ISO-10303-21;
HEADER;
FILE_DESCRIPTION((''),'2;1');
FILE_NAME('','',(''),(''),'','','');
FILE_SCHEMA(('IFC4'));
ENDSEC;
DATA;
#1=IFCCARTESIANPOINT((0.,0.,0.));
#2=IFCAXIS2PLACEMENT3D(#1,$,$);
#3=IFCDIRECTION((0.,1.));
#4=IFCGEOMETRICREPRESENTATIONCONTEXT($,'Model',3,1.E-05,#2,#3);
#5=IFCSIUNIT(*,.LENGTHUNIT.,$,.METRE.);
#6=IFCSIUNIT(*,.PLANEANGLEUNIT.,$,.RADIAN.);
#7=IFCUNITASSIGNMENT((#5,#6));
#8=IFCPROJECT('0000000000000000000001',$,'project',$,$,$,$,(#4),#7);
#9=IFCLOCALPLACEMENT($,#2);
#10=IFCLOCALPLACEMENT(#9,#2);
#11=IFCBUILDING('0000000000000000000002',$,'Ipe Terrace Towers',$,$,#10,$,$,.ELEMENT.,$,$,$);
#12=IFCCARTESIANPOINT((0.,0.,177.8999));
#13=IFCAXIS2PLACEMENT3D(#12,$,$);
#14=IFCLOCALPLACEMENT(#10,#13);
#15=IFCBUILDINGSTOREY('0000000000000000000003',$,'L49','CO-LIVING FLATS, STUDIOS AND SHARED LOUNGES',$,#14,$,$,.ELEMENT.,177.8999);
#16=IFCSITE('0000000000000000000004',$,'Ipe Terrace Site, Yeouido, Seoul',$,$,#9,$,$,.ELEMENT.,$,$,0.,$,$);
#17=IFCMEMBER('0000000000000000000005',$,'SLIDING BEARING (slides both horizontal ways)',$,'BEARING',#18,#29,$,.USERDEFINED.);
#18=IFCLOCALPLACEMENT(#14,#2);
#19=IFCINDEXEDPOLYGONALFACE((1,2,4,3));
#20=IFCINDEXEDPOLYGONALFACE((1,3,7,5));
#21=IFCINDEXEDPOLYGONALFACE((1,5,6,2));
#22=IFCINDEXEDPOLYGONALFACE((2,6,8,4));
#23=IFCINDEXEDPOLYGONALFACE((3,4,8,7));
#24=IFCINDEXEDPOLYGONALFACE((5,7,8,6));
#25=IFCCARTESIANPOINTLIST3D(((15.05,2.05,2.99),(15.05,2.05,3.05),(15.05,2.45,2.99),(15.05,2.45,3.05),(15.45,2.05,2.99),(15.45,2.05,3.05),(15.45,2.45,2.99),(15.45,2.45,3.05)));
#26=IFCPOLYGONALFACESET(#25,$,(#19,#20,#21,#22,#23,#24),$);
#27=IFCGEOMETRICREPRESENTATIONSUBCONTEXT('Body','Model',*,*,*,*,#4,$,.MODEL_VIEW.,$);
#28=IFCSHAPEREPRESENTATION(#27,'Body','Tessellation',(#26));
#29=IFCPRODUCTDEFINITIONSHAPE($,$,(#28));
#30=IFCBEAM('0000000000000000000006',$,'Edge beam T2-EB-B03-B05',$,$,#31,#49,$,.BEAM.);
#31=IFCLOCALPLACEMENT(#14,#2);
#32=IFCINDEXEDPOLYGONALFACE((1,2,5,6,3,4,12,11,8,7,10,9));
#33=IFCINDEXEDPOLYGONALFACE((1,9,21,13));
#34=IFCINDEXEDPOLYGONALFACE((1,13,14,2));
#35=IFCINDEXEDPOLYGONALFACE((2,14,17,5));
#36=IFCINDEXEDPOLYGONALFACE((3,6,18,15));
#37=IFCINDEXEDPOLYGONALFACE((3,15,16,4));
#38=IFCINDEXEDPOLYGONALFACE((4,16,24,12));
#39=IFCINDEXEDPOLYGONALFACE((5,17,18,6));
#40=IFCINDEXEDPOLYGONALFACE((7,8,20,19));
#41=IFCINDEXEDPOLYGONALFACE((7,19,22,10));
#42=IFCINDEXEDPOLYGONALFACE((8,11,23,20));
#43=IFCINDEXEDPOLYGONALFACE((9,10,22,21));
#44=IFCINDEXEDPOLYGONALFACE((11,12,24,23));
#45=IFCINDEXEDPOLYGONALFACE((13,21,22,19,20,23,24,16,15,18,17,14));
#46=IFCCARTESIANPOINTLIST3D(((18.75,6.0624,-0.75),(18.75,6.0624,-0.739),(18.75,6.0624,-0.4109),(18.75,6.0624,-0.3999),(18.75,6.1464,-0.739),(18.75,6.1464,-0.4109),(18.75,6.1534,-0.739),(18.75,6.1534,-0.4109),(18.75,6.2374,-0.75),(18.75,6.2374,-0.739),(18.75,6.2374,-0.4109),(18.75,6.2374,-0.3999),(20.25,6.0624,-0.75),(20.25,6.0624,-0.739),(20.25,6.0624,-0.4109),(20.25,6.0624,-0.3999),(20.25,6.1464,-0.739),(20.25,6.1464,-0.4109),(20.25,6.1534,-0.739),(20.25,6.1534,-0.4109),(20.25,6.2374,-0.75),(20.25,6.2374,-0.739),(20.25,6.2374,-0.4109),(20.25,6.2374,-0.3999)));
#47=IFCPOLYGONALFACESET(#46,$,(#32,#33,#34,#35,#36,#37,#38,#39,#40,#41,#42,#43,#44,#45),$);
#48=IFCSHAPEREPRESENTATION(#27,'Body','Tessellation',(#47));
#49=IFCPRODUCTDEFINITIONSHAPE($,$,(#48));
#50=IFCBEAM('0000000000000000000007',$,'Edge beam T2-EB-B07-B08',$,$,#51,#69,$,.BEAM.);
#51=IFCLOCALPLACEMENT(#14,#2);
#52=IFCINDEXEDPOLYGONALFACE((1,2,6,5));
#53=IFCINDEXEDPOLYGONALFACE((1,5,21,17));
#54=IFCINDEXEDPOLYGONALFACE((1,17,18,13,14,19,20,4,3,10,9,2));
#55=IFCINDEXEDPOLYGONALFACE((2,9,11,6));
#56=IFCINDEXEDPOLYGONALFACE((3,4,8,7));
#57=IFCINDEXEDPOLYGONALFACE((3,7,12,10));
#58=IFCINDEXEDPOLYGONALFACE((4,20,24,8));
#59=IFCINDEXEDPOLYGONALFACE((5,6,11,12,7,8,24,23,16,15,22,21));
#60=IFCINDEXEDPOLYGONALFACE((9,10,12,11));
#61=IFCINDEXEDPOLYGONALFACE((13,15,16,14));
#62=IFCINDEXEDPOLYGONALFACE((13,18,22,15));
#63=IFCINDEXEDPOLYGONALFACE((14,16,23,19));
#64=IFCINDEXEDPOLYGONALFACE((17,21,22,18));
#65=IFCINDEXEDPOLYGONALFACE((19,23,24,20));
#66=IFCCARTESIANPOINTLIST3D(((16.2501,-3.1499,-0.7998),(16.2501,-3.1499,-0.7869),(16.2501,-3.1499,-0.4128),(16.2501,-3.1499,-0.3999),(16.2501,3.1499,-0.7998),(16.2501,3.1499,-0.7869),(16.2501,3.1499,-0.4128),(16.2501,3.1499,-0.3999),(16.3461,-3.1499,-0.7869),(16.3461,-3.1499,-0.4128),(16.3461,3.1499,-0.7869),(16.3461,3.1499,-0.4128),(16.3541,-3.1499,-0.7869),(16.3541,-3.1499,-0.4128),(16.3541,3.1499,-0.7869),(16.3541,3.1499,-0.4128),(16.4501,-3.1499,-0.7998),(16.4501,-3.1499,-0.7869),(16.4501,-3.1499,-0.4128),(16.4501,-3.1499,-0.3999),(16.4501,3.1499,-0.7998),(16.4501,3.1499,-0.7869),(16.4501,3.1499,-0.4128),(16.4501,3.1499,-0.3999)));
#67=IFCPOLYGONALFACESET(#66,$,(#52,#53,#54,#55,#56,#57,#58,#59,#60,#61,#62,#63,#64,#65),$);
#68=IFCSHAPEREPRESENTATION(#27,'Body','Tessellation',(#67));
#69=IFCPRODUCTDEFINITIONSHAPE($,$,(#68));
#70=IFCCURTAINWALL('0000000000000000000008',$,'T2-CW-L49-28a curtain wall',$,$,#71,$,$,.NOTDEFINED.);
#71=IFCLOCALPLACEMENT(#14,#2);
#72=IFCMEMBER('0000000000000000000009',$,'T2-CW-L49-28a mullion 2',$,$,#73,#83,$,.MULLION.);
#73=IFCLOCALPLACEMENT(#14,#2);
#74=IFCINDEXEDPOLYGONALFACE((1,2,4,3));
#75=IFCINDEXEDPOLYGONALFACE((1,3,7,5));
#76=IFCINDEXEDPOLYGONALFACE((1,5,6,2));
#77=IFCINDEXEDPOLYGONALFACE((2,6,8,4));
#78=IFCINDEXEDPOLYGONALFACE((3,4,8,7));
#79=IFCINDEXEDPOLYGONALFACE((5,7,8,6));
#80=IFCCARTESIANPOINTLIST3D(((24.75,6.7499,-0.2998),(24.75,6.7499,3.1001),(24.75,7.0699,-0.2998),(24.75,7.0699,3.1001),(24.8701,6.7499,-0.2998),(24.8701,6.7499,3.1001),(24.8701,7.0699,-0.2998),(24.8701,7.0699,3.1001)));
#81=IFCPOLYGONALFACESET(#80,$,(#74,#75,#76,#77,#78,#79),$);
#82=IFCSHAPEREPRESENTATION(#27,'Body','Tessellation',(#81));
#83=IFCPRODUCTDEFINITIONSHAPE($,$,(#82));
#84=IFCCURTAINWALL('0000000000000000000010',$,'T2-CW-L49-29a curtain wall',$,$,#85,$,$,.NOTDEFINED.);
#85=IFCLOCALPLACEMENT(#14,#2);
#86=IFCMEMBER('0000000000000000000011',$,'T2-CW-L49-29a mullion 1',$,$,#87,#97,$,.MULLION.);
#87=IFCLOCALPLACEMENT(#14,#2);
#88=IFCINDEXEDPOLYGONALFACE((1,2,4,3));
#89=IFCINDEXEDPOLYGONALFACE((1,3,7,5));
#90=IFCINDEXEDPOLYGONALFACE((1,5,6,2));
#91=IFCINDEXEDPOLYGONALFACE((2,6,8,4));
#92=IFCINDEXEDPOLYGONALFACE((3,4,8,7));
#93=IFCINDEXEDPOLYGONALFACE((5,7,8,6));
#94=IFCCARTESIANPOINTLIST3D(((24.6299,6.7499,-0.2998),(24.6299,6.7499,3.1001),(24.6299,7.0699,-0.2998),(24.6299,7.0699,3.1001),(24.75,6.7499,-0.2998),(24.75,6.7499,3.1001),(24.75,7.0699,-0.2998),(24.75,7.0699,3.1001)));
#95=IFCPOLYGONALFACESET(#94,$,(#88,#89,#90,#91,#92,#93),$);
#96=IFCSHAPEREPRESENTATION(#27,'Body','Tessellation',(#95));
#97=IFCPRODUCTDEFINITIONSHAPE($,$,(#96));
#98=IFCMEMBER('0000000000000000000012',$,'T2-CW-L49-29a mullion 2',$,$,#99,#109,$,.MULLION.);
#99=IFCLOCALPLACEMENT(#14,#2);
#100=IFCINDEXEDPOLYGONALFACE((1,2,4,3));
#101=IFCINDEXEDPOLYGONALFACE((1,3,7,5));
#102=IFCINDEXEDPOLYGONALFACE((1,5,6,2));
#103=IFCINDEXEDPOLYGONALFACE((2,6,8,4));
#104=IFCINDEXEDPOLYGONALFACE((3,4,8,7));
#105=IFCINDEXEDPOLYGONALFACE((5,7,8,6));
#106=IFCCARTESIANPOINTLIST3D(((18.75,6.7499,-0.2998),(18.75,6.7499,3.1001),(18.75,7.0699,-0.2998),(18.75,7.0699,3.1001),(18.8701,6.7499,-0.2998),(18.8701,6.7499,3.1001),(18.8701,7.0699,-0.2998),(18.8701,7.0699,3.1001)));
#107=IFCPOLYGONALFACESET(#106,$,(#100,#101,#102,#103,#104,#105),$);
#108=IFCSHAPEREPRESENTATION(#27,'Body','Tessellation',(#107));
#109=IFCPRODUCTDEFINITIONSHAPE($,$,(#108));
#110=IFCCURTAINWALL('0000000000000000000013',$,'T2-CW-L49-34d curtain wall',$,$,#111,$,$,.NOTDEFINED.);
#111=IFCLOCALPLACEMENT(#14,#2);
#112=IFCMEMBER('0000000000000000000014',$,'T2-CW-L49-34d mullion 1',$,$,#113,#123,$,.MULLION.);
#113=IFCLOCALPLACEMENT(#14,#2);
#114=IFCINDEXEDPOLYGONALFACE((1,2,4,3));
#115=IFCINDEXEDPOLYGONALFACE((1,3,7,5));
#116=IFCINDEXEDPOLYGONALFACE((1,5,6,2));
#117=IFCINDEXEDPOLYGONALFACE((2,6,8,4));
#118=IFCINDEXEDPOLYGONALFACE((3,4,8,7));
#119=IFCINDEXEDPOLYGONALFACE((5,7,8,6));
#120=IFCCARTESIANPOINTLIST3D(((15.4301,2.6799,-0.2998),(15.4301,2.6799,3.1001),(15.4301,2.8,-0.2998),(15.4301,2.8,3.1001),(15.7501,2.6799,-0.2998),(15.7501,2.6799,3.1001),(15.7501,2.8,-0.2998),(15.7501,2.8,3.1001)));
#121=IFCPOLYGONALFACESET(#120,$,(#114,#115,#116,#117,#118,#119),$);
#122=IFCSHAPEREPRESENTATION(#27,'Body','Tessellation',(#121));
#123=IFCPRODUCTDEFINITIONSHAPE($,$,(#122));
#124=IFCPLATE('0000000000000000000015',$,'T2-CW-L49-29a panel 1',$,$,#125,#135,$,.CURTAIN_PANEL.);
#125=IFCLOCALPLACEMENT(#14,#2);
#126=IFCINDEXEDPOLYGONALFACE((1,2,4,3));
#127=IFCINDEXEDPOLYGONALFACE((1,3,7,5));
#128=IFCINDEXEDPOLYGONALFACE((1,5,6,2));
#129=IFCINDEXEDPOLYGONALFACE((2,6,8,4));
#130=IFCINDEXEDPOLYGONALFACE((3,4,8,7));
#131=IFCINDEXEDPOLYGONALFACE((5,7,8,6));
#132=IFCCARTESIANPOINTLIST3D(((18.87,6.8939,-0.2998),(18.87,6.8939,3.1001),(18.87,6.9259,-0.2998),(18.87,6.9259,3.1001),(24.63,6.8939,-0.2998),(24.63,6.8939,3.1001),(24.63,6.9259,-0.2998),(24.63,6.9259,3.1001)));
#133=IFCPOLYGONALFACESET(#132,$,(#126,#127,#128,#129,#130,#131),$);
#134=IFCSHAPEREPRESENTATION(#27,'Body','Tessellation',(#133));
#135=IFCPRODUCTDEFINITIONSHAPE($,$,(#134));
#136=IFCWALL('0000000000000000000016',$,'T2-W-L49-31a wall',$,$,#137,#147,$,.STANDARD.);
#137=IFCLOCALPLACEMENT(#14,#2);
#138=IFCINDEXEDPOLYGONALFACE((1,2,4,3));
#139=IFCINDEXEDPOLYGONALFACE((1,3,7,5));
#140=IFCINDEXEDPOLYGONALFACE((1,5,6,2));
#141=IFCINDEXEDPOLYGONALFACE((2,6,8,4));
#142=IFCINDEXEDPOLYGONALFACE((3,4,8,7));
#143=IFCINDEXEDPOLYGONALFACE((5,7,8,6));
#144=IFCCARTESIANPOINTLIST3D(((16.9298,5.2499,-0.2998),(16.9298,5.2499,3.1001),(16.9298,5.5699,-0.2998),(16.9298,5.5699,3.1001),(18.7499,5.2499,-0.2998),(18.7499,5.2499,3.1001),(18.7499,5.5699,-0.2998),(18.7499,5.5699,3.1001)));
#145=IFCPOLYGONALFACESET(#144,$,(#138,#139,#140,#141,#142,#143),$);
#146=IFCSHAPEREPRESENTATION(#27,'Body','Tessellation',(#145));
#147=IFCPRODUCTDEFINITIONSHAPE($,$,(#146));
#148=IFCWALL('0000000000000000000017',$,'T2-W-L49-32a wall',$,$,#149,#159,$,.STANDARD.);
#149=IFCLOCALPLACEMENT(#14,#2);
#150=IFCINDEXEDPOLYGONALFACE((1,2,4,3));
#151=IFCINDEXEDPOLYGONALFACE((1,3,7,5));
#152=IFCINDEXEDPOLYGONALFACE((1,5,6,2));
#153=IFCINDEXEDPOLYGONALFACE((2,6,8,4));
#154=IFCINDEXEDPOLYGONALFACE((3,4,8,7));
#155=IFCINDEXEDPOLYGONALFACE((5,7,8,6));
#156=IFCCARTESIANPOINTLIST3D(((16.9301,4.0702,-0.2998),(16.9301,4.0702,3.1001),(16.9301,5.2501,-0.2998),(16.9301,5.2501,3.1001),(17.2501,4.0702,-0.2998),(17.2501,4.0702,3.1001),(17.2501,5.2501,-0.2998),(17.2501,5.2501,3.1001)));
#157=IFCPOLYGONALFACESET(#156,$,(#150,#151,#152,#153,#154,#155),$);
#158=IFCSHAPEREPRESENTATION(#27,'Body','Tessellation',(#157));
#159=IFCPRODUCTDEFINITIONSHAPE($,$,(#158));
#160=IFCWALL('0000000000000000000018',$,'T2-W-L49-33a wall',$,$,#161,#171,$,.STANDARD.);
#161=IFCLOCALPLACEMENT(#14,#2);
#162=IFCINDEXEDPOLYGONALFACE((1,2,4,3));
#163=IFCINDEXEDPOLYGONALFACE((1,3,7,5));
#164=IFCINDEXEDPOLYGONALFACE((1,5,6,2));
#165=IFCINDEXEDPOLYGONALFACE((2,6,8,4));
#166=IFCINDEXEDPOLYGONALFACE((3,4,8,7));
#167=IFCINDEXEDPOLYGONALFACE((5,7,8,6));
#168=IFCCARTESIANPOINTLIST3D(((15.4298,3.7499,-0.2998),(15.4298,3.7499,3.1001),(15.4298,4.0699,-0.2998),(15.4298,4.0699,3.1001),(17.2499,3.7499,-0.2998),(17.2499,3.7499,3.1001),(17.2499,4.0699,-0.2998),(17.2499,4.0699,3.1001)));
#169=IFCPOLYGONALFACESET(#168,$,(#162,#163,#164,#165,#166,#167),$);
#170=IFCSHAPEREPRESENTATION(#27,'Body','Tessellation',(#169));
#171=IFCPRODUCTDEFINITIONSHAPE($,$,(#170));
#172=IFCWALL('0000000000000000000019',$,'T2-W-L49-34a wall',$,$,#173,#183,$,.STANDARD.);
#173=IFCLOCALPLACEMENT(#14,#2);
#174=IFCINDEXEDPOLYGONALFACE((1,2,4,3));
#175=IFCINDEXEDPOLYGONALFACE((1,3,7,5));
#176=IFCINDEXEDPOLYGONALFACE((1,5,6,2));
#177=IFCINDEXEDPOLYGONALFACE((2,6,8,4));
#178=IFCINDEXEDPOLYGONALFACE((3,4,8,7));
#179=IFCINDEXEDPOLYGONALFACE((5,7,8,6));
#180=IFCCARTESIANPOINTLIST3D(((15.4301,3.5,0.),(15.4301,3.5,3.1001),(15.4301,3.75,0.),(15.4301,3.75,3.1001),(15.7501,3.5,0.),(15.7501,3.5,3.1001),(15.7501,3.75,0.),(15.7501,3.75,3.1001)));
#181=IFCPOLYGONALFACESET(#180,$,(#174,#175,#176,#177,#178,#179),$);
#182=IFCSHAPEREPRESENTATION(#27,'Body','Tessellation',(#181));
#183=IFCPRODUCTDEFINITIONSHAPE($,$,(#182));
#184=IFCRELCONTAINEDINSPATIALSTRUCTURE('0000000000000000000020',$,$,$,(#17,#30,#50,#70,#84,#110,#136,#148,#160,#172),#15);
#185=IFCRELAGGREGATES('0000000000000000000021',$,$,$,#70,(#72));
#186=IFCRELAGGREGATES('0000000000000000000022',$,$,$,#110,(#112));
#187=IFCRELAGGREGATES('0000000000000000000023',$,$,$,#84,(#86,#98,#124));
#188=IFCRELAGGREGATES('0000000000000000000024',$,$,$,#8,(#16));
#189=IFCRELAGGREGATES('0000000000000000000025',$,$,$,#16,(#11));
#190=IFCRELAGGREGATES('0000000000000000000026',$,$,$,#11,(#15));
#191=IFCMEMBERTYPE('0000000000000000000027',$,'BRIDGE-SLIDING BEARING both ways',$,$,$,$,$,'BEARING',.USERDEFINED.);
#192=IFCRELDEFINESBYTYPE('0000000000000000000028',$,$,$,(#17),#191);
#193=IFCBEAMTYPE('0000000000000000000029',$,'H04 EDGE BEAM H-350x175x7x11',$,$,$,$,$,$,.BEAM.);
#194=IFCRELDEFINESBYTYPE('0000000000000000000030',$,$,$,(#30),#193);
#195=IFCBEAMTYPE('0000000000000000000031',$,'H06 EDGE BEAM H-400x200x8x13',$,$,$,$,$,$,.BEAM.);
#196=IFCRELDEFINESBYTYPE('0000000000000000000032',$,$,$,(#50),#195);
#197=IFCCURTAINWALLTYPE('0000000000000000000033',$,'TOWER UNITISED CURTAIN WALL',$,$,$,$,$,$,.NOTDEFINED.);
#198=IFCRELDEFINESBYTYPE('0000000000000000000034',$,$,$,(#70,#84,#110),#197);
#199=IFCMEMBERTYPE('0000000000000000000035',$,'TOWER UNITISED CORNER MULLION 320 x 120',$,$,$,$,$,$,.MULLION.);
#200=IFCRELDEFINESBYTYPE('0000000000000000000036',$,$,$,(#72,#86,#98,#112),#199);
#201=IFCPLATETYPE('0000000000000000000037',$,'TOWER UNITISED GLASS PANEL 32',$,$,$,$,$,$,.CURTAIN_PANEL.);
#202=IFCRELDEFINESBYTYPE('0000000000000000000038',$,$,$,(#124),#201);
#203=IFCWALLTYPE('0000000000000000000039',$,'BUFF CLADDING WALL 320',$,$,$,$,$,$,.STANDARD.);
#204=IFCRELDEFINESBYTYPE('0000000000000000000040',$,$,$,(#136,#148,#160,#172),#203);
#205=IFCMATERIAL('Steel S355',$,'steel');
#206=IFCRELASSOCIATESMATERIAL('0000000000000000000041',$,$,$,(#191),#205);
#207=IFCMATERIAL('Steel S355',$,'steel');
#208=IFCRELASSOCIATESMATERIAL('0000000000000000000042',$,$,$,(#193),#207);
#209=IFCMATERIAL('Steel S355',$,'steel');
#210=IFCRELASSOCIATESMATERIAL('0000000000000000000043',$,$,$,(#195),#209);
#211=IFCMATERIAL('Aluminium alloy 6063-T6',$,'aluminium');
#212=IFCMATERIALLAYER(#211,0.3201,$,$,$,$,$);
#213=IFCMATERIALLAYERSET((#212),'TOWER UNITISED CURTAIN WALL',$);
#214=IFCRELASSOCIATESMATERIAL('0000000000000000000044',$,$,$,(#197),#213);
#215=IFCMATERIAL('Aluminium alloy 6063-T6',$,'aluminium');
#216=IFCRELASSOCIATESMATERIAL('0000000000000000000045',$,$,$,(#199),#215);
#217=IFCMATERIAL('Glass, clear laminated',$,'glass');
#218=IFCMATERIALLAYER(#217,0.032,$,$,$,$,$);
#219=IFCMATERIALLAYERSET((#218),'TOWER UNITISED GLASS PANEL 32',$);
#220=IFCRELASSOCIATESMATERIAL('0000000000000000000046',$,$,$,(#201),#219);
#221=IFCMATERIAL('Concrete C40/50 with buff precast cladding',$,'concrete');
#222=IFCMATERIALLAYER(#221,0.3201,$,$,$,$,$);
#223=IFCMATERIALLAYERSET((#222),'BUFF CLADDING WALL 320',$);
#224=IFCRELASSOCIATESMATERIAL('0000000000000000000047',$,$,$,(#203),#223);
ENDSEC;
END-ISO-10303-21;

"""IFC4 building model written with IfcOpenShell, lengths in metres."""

from ifc_helpers import new_model, si_unit, direction, frame, frame_2d, origin, origin_2d, place, context, subcontext, project, spatial, rectangle, i_section, extrude, material, layer, layer_set, material_profile, profile_set, type_object, element, aggregate, save


model = new_model("IFC4")

# Units and contexts
model_context = context("Model", 3, precision=1e-05, world=origin(), true_north=direction((0.0, 1.0)))
body_context = subcontext(model_context, "Body", "Model", "MODEL_VIEW")
ifc_project = project(units=[si_unit("LENGTHUNIT", "METRE"), si_unit("PLANEANGLEUNIT", "RADIAN")], contexts=[model_context])

# Site, building, storey
site_placement = place(None, origin())
site = spatial("IfcSite", under=ifc_project, at=site_placement, Name="Ipe Terrace Site, Yeouido, Seoul", CompositionType="ELEMENT", RefElevation=0.0)
building_placement = place(site_placement, origin())
building = spatial("IfcBuilding", under=site, at=building_placement, Name="Ipe Terrace Towers", CompositionType="ELEMENT")
storey_placement = place(building_placement, frame((0.0, 0.0, 177.8999)))
storey = spatial("IfcBuildingStorey", under=building, at=storey_placement, Name="L49", Description="CO-LIVING FLATS, STUDIOS AND SHARED LOUNGES", CompositionType="ELEMENT", Elevation=177.8999)

# Member
ifc_material_1 = material(Name="Steel S355", Category="steel")
member_type_1 = type_object("IfcMemberType", Name="BRIDGE-SLIDING BEARING both ways", ElementType="BEARING", PredefinedType="USERDEFINED", material=ifc_material_1)
member_1_placement = place(storey_placement, frame((15.25, 2.25, 2.99), z_axis=(0.0, 0.0, 1.0), x_axis=(1.0, 0.0, 0.0)))
element("IfcMember", 1, at=member_1_placement, inside=storey, type_object=member_type_1, Name="SLIDING BEARING (slides both horizontal ways)", ObjectType="BEARING", PredefinedType="USERDEFINED", context=body_context, shape_type="SweptSolid", body=[
    extrude(rectangle(XDim=0.3999, YDim=0.3999, at=origin_2d()), origin(), (0.0, 0.0, 1.0), 0.0601),
])

# Beams
ifc_material_2 = material(Name="Steel S355", Category="steel")
ifc_material_profile_1 = material_profile(ifc_material_2, i_section(OverallWidth=0.175, OverallDepth=0.3501, WebThickness=0.0071, FlangeThickness=0.011, at=origin_2d()), Name="H-350x175x7x11")
ifc_profile_set_1 = profile_set([ifc_material_profile_1], Name="Steel S355")
beam_type_1 = type_object("IfcBeamType", Name="H04 EDGE BEAM H-350x175x7x11", PredefinedType="BEAM", material=ifc_profile_set_1)
beam_1_placement = place(storey_placement, frame((20.25, 6.1499, -0.575), z_axis=(-1.0, 0.0, 0.0), x_axis=(0.0, -1.0, 0.0)))
element("IfcBeam", 2, at=beam_1_placement, inside=storey, type_object=beam_type_1, Name="Edge beam T2-EB-B03-B05", PredefinedType="BEAM", context=body_context, shape_type="SweptSolid", body=[
    extrude(i_section(OverallWidth=0.175, OverallDepth=0.3501, WebThickness=0.0071, FlangeThickness=0.011, at=origin_2d()), origin(), (0.0, 0.0, 1.0), 1.5),
])
ifc_material_3 = material(Name="Steel S355", Category="steel")
ifc_material_profile_2 = material_profile(ifc_material_3, i_section(OverallWidth=0.2, OverallDepth=0.3999, WebThickness=0.0081, FlangeThickness=0.0129, at=origin_2d()), Name="H-400x200x8x13")
ifc_profile_set_2 = profile_set([ifc_material_profile_2], Name="Steel S355")
beam_type_2 = type_object("IfcBeamType", Name="H06 EDGE BEAM H-400x200x8x13", PredefinedType="BEAM", material=ifc_profile_set_2)
beam_2_placement = place(storey_placement, frame((16.3501, 3.1499, -0.5999), z_axis=(0.0, -1.0, 0.0), x_axis=(1.0, 0.0, 0.0)))
element("IfcBeam", 3, at=beam_2_placement, inside=storey, type_object=beam_type_2, Name="Edge beam T2-EB-B07-B08", PredefinedType="BEAM", context=body_context, shape_type="SweptSolid", body=[
    extrude(i_section(OverallWidth=0.2, OverallDepth=0.3999, WebThickness=0.0081, FlangeThickness=0.0129, at=origin_2d()), origin(), (0.0, 0.0, 1.0), 6.2998),
])

# Curtain wall, member
ifc_material_4 = material(Name="Aluminium alloy 6063-T6", Category="aluminium")
ifc_layer_1 = layer(ifc_material_4, 0.3201)
ifc_layer_set_1 = layer_set([ifc_layer_1], Name="TOWER UNITISED CURTAIN WALL")
curtain_wall_type = type_object("IfcCurtainWallType", Name="TOWER UNITISED CURTAIN WALL", PredefinedType="NOTDEFINED", material=ifc_layer_set_1)
curtain_wall_1_placement = place(storey_placement, origin())
curtain_wall_1 = element("IfcCurtainWall", 4, at=curtain_wall_1_placement, inside=storey, type_object=curtain_wall_type, Name="T2-CW-L49-28a curtain wall", PredefinedType="NOTDEFINED")
ifc_material_5 = material(Name="Aluminium alloy 6063-T6", Category="aluminium")
ifc_material_profile_3 = material_profile(ifc_material_5, rectangle(XDim=0.3201, YDim=0.1201, at=origin_2d()), Name="TOWER UNITISED CORNER MULLION 320 x 120")
ifc_profile_set_3 = profile_set([ifc_material_profile_3], Name="Aluminium alloy 6063-T6")
member_type_2 = type_object("IfcMemberType", Name="TOWER UNITISED CORNER MULLION 320 x 120", PredefinedType="MULLION", material=ifc_profile_set_3)
member_2_placement = place(storey_placement, frame((24.8101, 6.9099, -0.2998), z_axis=(0.0, 0.0, 1.0), x_axis=(0.0, 1.0, 0.0)))
member_2 = element("IfcMember", 5, at=member_2_placement, type_object=member_type_2, Name="T2-CW-L49-28a mullion 2", PredefinedType="MULLION", context=body_context, shape_type="SweptSolid", body=[
    extrude(rectangle(XDim=0.3201, YDim=0.1201, at=origin_2d()), origin(), (0.0, 0.0, 1.0), 3.3999),
])
aggregate(curtain_wall_1, [member_2])

# Curtain wall, members
curtain_wall_2_placement = place(storey_placement, origin())
curtain_wall_2 = element("IfcCurtainWall", 6, at=curtain_wall_2_placement, inside=storey, type_object=curtain_wall_type, Name="T2-CW-L49-29a curtain wall", PredefinedType="NOTDEFINED")
member_3_placement = place(storey_placement, frame((24.6899, 6.9099, -0.2998), z_axis=(0.0, 0.0, 1.0), x_axis=(0.0, 1.0, 0.0)))
member_3 = element("IfcMember", 7, at=member_3_placement, type_object=member_type_2, Name="T2-CW-L49-29a mullion 1", PredefinedType="MULLION", context=body_context, shape_type="SweptSolid", body=[
    extrude(rectangle(XDim=0.3201, YDim=0.1201, at=origin_2d()), origin(), (0.0, 0.0, 1.0), 3.3999),
])
member_4_placement = place(storey_placement, frame((18.8101, 6.9099, -0.2998), z_axis=(0.0, 0.0, 1.0), x_axis=(0.0, 1.0, 0.0)))
member_4 = element("IfcMember", 8, at=member_4_placement, type_object=member_type_2, Name="T2-CW-L49-29a mullion 2", PredefinedType="MULLION", context=body_context, shape_type="SweptSolid", body=[
    extrude(rectangle(XDim=0.3201, YDim=0.1201, at=origin_2d()), origin(), (0.0, 0.0, 1.0), 3.3999),
])

# Curtain wall, member
curtain_wall_3_placement = place(storey_placement, origin())
curtain_wall_3 = element("IfcCurtainWall", 9, at=curtain_wall_3_placement, inside=storey, type_object=curtain_wall_type, Name="T2-CW-L49-34d curtain wall", PredefinedType="NOTDEFINED")
member_5_placement = place(storey_placement, frame((15.5901, 2.74, -0.2998), z_axis=(0.0, 0.0, 1.0), x_axis=(-1.0, 0.0, 0.0)))
member_5 = element("IfcMember", 10, at=member_5_placement, type_object=member_type_2, Name="T2-CW-L49-34d mullion 1", PredefinedType="MULLION", context=body_context, shape_type="SweptSolid", body=[
    extrude(rectangle(XDim=0.3201, YDim=0.1201, at=origin_2d()), origin(), (0.0, 0.0, 1.0), 3.3999),
])
aggregate(curtain_wall_3, [member_5])

# Plate
ifc_material_6 = material(Name="Glass, clear laminated", Category="glass")
ifc_layer_2 = layer(ifc_material_6, 0.032)
ifc_layer_set_2 = layer_set([ifc_layer_2], Name="TOWER UNITISED GLASS PANEL 32")
plate_type = type_object("IfcPlateType", Name="TOWER UNITISED GLASS PANEL 32", PredefinedType="CURTAIN_PANEL", material=ifc_layer_set_2)
plate_placement = place(storey_placement, frame((21.75, 6.9099, -0.2998), z_axis=(0.0, 0.0, 1.0), x_axis=(-1.0, 0.0, 0.0)))
plate = element("IfcPlate", 11, at=plate_placement, type_object=plate_type, Name="T2-CW-L49-29a panel 1", PredefinedType="CURTAIN_PANEL", context=body_context, shape_type="SweptSolid", body=[
    extrude(rectangle(XDim=5.76, YDim=0.032, at=origin_2d()), origin(), (0.0, 0.0, 1.0), 3.3999),
])
aggregate(curtain_wall_2, [member_3, member_4, plate])

# Walls
ifc_material_7 = material(Name="Concrete C40/50 with buff precast cladding", Category="concrete")
ifc_layer_3 = layer(ifc_material_7, 0.3201)
ifc_layer_set_3 = layer_set([ifc_layer_3], Name="BUFF CLADDING WALL 320")
wall_type_1 = type_object("IfcWallType", Name="BUFF CLADDING WALL 320", PredefinedType="STANDARD", material=ifc_layer_set_3)
wall_1_placement = place(storey_placement, frame((18.75, 5.4099, -0.2998), z_axis=(0.0, 0.0, 1.0), x_axis=(-1.0, 0.0, 0.0)))
element("IfcWall", 12, at=wall_1_placement, inside=storey, type_object=wall_type_1, Name="T2-W-L49-31a wall", PredefinedType="STANDARD", context=body_context, shape_type="SweptSolid", body=[
    extrude(rectangle(XDim=1.8201, YDim=0.3201, at=frame_2d((0.9102, 0.0))), origin(), (0.0, 0.0, 1.0), 3.3999),
])
wall_2_placement = place(storey_placement, frame((17.0901, 5.25, -0.2998), z_axis=(0.0, 0.0, 1.0), x_axis=(0.0, -1.0, 0.0)))
element("IfcWall", 13, at=wall_2_placement, inside=storey, type_object=wall_type_1, Name="T2-W-L49-32a wall", PredefinedType="STANDARD", context=body_context, shape_type="SweptSolid", body=[
    extrude(rectangle(XDim=1.1799, YDim=0.3201, at=frame_2d((0.5898, 0.0))), origin(), (0.0, 0.0, 1.0), 3.3999),
])
wall_3_placement = place(storey_placement, frame((17.25, 3.9099, -0.2998), z_axis=(0.0, 0.0, 1.0), x_axis=(-1.0, 0.0, 0.0)))
element("IfcWall", 14, at=wall_3_placement, inside=storey, type_object=wall_type_1, Name="T2-W-L49-33a wall", PredefinedType="STANDARD", context=body_context, shape_type="SweptSolid", body=[
    extrude(rectangle(XDim=1.8201, YDim=0.3201, at=frame_2d((0.9102, 0.0))), origin(), (0.0, 0.0, 1.0), 3.3999),
])
wall_4_placement = place(storey_placement, frame((15.5901, 3.75, 0.0), z_axis=(0.0, 0.0, 1.0), x_axis=(0.0, -1.0, 0.0)))
element("IfcWall", 15, at=wall_4_placement, inside=storey, type_object=wall_type_1, Name="T2-W-L49-34a wall", PredefinedType="STANDARD", context=body_context, shape_type="SweptSolid", body=[
    extrude(rectangle(XDim=0.25, YDim=0.3201, at=frame_2d((0.125, 0.0))), origin(), (0.0, 0.0, 1.0), 3.1001),
])

save(model, "model.ifc")
